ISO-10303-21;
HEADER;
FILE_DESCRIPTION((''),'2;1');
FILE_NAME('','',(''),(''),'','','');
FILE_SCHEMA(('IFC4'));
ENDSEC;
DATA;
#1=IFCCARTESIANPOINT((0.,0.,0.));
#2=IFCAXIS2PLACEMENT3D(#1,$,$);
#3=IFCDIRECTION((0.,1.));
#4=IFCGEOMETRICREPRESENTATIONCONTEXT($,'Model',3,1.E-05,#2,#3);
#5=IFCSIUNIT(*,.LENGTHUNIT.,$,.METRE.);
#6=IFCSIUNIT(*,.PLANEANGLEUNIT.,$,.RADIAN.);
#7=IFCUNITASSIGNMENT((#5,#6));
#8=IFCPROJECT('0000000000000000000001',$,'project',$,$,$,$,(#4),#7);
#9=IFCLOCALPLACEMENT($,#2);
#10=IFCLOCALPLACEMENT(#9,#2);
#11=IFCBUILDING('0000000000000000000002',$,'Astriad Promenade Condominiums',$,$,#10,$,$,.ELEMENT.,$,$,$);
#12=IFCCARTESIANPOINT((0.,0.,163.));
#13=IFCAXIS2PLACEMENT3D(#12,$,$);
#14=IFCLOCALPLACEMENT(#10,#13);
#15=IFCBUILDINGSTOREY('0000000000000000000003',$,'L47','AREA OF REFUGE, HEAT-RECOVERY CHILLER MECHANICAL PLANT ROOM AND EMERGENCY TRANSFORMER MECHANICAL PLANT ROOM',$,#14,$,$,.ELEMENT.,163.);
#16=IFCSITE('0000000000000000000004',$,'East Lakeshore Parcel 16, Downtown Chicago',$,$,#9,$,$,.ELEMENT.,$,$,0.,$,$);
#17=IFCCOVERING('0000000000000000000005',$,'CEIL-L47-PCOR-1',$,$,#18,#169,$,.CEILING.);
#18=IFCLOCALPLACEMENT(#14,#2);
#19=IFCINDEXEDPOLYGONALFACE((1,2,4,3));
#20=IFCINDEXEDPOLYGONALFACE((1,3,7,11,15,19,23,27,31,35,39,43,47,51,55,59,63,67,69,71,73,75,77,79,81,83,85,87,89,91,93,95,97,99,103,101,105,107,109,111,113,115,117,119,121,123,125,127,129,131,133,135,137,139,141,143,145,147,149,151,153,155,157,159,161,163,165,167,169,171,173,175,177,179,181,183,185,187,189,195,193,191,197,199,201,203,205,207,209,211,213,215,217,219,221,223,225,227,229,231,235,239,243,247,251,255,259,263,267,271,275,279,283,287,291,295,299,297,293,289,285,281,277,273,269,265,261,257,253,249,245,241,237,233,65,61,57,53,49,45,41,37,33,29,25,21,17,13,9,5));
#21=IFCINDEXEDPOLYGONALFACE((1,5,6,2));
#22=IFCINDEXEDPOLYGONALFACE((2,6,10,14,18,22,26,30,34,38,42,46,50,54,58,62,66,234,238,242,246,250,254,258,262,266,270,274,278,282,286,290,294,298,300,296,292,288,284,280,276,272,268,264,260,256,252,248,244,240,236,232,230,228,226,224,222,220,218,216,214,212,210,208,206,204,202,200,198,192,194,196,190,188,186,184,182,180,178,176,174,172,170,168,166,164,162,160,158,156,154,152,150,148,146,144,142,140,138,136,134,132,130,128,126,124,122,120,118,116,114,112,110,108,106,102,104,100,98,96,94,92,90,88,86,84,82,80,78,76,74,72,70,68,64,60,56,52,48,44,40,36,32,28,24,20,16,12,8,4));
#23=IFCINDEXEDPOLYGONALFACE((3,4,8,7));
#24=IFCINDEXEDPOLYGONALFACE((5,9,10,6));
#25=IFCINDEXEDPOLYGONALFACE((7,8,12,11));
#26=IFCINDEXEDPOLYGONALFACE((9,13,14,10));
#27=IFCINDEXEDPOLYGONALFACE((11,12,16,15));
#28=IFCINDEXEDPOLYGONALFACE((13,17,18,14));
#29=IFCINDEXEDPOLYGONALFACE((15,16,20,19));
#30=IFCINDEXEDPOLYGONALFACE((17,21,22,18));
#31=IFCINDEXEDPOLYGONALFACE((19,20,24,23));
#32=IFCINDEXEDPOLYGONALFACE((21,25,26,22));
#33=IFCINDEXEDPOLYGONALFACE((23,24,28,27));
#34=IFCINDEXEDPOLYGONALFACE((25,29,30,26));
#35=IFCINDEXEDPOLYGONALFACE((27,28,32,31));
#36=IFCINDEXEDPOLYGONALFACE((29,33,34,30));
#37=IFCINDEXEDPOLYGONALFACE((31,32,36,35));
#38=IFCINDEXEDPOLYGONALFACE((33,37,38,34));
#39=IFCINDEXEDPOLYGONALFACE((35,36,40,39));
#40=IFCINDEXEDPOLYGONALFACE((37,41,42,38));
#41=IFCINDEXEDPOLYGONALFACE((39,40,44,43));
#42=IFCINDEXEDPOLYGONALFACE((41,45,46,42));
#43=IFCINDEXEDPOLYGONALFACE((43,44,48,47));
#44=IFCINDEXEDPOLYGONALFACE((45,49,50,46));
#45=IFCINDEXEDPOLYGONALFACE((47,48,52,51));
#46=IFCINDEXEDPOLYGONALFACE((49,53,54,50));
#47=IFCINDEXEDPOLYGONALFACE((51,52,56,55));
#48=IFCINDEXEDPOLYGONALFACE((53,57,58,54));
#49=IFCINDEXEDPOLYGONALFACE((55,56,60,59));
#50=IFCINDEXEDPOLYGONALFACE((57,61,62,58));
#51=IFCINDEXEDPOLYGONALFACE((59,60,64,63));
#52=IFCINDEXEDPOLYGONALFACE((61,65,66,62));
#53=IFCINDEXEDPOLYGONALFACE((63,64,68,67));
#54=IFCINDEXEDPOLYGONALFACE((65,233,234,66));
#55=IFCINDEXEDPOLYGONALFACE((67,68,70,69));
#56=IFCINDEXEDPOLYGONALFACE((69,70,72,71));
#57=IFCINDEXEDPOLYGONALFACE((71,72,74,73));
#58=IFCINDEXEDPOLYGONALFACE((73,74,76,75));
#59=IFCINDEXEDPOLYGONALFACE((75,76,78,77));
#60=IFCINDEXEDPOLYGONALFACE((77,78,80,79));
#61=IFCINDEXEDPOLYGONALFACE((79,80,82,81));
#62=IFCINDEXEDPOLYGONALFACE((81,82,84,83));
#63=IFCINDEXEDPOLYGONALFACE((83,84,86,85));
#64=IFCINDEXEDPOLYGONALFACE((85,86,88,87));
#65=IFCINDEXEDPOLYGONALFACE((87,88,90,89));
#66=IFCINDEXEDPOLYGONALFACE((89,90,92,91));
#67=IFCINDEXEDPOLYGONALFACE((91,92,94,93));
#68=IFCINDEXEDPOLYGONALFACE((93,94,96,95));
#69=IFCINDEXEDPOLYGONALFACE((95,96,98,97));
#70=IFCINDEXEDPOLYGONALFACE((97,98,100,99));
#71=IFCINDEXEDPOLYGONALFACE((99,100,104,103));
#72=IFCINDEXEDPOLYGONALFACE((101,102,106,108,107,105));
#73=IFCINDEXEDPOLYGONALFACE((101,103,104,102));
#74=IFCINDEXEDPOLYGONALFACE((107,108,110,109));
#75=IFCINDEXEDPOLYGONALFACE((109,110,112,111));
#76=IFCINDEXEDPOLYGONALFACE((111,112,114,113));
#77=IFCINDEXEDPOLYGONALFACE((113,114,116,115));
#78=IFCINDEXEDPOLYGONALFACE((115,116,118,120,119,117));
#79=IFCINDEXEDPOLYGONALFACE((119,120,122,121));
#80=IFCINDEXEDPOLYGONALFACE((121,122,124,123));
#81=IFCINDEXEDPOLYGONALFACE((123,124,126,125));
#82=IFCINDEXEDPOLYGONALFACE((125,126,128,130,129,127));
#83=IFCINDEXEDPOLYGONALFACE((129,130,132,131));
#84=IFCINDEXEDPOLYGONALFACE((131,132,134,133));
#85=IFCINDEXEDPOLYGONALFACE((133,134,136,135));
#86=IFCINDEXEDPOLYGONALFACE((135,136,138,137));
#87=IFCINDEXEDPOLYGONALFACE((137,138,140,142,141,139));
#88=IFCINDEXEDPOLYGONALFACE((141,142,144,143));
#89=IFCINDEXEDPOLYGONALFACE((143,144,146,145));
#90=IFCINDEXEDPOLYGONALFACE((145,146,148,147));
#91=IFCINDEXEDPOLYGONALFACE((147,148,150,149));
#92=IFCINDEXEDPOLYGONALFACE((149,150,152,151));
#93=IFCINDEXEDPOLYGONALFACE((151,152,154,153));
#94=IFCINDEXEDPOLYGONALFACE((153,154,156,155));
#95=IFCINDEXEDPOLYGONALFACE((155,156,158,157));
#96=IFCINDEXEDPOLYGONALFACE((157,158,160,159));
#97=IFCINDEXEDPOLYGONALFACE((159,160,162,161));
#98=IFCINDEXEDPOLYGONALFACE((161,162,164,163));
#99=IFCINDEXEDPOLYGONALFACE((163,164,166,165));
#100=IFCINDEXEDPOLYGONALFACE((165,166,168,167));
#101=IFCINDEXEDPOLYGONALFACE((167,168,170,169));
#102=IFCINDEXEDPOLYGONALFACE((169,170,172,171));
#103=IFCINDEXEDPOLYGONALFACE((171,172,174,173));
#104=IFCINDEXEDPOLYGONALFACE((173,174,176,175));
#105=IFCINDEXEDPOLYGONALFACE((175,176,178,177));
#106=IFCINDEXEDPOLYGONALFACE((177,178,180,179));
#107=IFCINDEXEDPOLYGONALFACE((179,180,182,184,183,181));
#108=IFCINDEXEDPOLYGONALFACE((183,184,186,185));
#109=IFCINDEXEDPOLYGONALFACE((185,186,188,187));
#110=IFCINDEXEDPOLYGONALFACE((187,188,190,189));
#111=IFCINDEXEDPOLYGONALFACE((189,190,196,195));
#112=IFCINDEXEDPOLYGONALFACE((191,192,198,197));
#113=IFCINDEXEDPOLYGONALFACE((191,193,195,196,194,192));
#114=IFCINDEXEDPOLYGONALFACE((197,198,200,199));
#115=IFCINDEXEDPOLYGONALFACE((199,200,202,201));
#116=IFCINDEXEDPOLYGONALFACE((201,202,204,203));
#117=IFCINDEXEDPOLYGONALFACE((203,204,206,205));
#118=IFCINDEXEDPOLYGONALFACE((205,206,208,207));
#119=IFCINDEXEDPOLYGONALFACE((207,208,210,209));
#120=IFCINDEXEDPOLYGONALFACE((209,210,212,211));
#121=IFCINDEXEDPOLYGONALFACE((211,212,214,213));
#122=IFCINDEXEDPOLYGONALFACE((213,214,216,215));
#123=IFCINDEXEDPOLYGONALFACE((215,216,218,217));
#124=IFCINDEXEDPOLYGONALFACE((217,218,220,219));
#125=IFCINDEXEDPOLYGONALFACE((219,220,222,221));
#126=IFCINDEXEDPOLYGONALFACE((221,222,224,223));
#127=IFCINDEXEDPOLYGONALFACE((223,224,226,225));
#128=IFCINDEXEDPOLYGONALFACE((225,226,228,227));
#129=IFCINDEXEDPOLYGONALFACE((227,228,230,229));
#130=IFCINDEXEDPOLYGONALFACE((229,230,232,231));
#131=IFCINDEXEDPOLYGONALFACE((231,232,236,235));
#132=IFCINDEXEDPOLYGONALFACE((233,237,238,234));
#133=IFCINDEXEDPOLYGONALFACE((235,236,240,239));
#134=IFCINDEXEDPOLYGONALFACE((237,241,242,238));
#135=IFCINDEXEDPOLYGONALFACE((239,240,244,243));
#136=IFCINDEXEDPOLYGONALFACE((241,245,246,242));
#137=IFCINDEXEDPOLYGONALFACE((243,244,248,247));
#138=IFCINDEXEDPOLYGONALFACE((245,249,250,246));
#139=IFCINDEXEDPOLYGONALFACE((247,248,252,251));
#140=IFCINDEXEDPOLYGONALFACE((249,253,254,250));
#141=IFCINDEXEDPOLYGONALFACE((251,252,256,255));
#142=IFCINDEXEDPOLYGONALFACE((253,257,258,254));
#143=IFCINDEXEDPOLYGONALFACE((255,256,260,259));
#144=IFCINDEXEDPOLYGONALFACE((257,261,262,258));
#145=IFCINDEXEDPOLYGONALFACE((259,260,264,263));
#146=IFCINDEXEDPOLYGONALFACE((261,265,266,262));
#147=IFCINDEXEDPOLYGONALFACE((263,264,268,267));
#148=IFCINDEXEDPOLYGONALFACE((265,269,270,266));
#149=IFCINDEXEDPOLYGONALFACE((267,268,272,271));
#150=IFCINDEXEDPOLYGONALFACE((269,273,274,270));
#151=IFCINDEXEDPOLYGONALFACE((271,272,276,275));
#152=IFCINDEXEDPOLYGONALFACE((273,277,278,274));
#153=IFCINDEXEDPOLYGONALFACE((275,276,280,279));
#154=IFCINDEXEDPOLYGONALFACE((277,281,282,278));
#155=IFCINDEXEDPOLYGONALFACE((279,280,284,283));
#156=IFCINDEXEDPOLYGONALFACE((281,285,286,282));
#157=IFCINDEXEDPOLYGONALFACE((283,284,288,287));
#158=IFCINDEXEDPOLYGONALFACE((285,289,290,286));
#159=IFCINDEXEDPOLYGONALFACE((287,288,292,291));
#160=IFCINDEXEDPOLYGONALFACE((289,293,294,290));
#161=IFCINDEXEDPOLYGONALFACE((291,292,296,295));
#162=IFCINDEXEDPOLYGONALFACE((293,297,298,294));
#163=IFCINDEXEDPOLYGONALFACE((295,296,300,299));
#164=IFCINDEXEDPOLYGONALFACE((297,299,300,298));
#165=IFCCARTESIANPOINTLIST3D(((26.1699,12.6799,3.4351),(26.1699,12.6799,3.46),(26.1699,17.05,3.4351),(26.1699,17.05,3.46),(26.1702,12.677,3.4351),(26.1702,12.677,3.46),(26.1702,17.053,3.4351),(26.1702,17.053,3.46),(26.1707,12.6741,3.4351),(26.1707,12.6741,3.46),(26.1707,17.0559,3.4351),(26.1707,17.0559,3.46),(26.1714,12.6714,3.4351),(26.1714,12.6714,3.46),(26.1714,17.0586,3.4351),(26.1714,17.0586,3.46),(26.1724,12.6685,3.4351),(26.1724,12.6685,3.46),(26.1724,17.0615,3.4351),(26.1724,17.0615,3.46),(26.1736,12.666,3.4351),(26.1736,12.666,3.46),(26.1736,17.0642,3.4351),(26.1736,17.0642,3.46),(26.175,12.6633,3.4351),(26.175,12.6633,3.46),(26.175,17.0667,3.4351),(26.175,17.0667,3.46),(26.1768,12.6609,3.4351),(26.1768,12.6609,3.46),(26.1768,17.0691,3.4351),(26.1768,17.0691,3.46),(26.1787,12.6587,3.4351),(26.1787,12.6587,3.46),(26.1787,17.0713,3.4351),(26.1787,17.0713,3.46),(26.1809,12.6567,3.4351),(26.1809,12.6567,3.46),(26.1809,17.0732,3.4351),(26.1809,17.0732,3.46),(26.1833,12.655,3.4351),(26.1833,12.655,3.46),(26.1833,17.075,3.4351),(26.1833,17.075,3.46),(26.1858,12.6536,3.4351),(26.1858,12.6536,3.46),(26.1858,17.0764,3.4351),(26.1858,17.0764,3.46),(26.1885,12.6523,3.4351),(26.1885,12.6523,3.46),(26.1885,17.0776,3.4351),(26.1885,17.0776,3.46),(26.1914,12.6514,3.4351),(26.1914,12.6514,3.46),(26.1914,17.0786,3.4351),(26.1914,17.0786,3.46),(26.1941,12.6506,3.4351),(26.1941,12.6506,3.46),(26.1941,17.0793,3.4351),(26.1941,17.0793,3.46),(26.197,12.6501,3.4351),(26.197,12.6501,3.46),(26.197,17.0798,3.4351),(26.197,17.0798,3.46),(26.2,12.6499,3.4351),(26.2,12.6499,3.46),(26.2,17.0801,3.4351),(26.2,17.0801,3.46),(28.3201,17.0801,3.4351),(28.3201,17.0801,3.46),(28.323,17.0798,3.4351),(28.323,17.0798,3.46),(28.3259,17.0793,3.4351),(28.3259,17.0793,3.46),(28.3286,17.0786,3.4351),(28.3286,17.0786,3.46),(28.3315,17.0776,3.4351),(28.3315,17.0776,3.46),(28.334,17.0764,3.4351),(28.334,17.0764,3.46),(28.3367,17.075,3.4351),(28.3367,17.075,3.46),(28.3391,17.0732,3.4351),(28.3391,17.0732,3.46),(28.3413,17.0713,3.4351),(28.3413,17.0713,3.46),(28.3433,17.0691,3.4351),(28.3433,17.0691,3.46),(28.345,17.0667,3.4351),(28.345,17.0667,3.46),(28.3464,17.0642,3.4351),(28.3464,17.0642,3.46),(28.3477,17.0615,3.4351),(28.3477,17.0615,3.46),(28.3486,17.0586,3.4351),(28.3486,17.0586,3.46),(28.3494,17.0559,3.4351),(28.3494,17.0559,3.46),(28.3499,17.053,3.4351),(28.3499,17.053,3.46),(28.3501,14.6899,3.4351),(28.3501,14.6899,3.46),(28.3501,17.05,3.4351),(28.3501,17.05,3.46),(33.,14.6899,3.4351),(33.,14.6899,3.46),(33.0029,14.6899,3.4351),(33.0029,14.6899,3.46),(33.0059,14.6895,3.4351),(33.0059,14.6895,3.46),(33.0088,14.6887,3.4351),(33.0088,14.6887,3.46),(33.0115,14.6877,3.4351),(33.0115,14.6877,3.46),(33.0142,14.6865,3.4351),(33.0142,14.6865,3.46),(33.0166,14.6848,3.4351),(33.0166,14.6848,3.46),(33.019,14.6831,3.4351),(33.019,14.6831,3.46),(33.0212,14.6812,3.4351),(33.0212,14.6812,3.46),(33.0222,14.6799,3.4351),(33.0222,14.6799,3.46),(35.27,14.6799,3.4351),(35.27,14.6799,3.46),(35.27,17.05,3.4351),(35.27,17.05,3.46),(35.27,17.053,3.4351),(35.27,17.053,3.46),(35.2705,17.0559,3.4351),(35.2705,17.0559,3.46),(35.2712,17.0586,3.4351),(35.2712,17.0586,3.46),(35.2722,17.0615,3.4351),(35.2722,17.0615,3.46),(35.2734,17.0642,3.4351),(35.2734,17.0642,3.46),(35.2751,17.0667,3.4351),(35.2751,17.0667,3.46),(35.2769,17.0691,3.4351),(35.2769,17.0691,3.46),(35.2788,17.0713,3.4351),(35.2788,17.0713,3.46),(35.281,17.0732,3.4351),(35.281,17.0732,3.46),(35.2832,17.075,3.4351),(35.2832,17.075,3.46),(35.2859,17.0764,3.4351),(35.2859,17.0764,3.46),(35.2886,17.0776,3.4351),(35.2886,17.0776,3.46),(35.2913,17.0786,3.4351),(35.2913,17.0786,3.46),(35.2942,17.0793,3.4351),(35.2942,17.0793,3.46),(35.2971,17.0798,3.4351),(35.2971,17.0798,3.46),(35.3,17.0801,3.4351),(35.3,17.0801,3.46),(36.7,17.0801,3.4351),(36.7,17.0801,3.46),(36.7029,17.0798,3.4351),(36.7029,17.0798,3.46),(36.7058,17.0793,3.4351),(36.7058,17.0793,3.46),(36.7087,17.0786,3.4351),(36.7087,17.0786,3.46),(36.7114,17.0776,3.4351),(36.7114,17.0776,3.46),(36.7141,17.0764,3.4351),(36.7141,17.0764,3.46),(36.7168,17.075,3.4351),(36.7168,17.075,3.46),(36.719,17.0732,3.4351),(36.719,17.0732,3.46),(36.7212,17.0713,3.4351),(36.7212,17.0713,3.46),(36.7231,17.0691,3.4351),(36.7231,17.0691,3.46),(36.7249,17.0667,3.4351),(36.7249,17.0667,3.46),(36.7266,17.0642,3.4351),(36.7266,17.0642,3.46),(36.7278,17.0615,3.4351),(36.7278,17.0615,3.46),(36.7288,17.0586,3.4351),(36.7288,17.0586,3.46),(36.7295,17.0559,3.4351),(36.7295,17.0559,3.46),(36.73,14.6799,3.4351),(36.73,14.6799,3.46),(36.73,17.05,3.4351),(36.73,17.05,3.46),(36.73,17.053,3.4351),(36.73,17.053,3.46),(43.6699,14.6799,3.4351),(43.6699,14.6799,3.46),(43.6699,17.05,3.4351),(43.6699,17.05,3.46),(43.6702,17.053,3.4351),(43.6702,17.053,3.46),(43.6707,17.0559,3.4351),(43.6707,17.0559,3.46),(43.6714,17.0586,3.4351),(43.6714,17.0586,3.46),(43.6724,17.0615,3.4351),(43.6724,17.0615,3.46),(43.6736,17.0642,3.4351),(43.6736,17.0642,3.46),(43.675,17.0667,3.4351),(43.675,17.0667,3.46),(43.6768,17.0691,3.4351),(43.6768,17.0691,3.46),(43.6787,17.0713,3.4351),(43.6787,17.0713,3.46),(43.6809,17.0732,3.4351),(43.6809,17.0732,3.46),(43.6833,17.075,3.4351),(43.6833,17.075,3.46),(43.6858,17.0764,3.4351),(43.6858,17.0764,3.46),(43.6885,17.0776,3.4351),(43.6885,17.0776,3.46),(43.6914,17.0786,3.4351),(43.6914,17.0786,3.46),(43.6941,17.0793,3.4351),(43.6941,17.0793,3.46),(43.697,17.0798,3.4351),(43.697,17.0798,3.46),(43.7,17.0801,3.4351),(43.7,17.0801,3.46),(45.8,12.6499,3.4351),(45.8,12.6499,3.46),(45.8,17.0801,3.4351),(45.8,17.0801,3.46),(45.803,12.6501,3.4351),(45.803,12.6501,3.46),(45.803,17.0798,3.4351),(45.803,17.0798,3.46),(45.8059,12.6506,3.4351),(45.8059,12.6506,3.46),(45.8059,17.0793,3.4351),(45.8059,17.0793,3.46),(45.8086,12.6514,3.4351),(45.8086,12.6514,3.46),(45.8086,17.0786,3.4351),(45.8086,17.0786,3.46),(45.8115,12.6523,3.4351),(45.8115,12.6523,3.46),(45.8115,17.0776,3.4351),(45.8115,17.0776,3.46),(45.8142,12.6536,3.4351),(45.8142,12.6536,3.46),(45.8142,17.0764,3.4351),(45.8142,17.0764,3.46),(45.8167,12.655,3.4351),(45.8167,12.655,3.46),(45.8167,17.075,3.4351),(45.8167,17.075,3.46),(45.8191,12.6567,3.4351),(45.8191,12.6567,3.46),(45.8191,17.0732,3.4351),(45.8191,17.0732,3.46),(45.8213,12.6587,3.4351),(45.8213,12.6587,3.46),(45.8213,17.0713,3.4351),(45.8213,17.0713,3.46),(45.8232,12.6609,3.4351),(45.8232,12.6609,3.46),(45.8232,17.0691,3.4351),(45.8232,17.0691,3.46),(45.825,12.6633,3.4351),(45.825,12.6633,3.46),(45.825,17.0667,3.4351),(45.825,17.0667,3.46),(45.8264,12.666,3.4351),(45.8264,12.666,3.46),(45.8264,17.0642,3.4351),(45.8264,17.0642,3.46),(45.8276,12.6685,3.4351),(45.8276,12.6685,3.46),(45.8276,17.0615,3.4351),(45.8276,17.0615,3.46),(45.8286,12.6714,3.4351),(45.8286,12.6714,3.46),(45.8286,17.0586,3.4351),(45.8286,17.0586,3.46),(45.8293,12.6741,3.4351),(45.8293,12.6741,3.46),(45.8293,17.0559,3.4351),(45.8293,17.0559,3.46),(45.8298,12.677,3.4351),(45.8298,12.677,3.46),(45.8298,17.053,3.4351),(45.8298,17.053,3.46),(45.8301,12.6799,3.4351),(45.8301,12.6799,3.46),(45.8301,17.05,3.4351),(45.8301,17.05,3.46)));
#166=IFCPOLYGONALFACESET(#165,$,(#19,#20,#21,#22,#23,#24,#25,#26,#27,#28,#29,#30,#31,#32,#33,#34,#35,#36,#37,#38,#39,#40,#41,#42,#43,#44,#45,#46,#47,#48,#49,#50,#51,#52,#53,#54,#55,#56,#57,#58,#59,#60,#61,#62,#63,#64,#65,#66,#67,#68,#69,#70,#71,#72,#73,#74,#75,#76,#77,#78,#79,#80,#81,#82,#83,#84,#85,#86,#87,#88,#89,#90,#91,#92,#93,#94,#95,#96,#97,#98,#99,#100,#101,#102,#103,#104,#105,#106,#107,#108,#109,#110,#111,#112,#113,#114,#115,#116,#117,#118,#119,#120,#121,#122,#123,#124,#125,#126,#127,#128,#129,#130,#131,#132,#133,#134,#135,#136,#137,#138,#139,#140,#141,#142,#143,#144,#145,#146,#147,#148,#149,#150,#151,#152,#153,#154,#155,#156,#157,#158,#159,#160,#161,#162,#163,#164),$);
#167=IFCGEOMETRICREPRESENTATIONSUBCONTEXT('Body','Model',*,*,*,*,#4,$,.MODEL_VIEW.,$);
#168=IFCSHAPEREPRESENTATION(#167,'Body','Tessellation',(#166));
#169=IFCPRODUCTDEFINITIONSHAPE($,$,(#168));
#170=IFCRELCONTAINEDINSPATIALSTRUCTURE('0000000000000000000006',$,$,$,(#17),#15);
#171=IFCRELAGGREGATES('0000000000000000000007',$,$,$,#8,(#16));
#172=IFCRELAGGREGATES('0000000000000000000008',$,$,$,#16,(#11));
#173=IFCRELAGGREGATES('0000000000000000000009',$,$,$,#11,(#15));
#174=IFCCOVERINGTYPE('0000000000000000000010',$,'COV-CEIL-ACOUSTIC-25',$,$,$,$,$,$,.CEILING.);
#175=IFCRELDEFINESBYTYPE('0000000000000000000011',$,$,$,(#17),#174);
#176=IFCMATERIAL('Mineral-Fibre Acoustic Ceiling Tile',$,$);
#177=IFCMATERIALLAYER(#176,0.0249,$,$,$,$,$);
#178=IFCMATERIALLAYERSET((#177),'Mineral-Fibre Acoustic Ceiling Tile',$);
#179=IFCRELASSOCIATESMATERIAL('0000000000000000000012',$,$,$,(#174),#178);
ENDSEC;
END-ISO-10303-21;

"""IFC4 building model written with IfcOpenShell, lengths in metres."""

from ifc_helpers import new_model, si_unit, direction, frame, origin, place, context, subcontext, project, spatial, polyline, outline, extrude, material, layer, layer_set, type_object, element, save


model = new_model("IFC4")

# Units and contexts
model_context = context("Model", 3, precision=1e-05, world=origin(), true_north=direction((0.0, 1.0)))
body_context = subcontext(model_context, "Body", "Model", "MODEL_VIEW")
ifc_project = project(units=[si_unit("LENGTHUNIT", "METRE"), si_unit("PLANEANGLEUNIT", "RADIAN")], contexts=[model_context])

# Site, building, storey
site_placement = place(None, origin())
site = spatial("IfcSite", under=ifc_project, at=site_placement, Name="East Lakeshore Parcel 16, Downtown Chicago", CompositionType="ELEMENT", RefElevation=0.0)
building_placement = place(site_placement, origin())
building = spatial("IfcBuilding", under=site, at=building_placement, Name="Astriad Promenade Condominiums", CompositionType="ELEMENT")
storey_placement = place(building_placement, frame((0.0, 0.0, 163.0)))
storey = spatial("IfcBuildingStorey", under=building, at=storey_placement, Name="L47", Description="AREA OF REFUGE, HEAT-RECOVERY CHILLER MECHANICAL PLANT ROOM AND EMERGENCY TRANSFORMER MECHANICAL PLANT ROOM", CompositionType="ELEMENT", Elevation=163.0)

# Covering
ifc_material_1 = material(Name="Mineral-Fibre Acoustic Ceiling Tile")
ifc_layer_1 = layer(ifc_material_1, 0.0249)
ifc_layer_set_1 = layer_set([ifc_layer_1], Name="Mineral-Fibre Acoustic Ceiling Tile")
covering_type_1 = type_object("IfcCoveringType", Name="COV-CEIL-ACOUSTIC-25", PredefinedType="CEILING", material=ifc_layer_set_1)
covering_1_placement = place(storey_placement, frame((0.0, 0.0, 3.4351)))
element("IfcCovering", 1, at=covering_1_placement, inside=storey, type_object=covering_type_1, Name="CEIL-L47-PCOR-1", PredefinedType="CEILING", context=body_context, shape_type="SweptSolid", body=[
    extrude(outline(polyline([(26.1699, 17.05), (26.1702, 17.053), (26.1707, 17.0559), (26.1714, 17.0586), (26.1724, 17.0615), (26.1736, 17.0642), (26.175, 17.0667), (26.1768, 17.0691), (26.1787, 17.0713), (26.1809, 17.0732), (26.1833, 17.075), (26.1858, 17.0764), (26.1885, 17.0776), (26.1914, 17.0786), (26.1941, 17.0793), (26.197, 17.0798), (26.2, 17.0801), (28.3201, 17.0801), (28.323, 17.0798), (28.3259, 17.0793), (28.3286, 17.0786), (28.3315, 17.0776), (28.334, 17.0764), (28.3367, 17.075), (28.3391, 17.0732), (28.3413, 17.0713), (28.3433, 17.0691), (28.345, 17.0667), (28.3464, 17.0642), (28.3477, 17.0615), (28.3486, 17.0586), (28.3494, 17.0559), (28.3499, 17.053), (28.3501, 17.05), (28.3501, 14.6899), (33.0, 14.6899), (33.0029, 14.6899), (33.0059, 14.6895), (33.0088, 14.6887), (33.0115, 14.6877), (33.0142, 14.6865), (33.0166, 14.6848), (33.019, 14.6831), (33.0212, 14.6812), (33.0222, 14.6799), (35.27, 14.6799), (35.27, 17.05), (35.27, 17.053), (35.2705, 17.0559), (35.2712, 17.0586), (35.2722, 17.0615), (35.2734, 17.0642), (35.2751, 17.0667), (35.2769, 17.0691), (35.2788, 17.0713), (35.281, 17.0732), (35.2832, 17.075), (35.2859, 17.0764), (35.2886, 17.0776), (35.2913, 17.0786), (35.2942, 17.0793), (35.2971, 17.0798), (35.3, 17.0801), (36.7, 17.0801), (36.7029, 17.0798), (36.7058, 17.0793), (36.7087, 17.0786), (36.7114, 17.0776), (36.7141, 17.0764), (36.7168, 17.075), (36.719, 17.0732), (36.7212, 17.0713), (36.7231, 17.0691), (36.7249, 17.0667), (36.7266, 17.0642), (36.7278, 17.0615), (36.7288, 17.0586), (36.7295, 17.0559), (36.73, 17.053), (36.73, 17.05), (36.73, 14.6799), (43.6699, 14.6799), (43.6699, 17.05), (43.6702, 17.053), (43.6707, 17.0559), (43.6714, 17.0586), (43.6724, 17.0615), (43.6736, 17.0642), (43.675, 17.0667), (43.6768, 17.0691), (43.6787, 17.0713), (43.6809, 17.0732), (43.6833, 17.075), (43.6858, 17.0764), (43.6885, 17.0776), (43.6914, 17.0786), (43.6941, 17.0793), (43.697, 17.0798), (43.7, 17.0801), (45.8, 17.0801), (45.803, 17.0798), (45.8059, 17.0793), (45.8086, 17.0786), (45.8115, 17.0776), (45.8142, 17.0764), (45.8167, 17.075), (45.8191, 17.0732), (45.8213, 17.0713), (45.8232, 17.0691), (45.825, 17.0667), (45.8264, 17.0642), (45.8276, 17.0615), (45.8286, 17.0586), (45.8293, 17.0559), (45.8298, 17.053), (45.8301, 17.05), (45.8301, 12.6799), (45.8298, 12.677), (45.8293, 12.6741), (45.8286, 12.6714), (45.8276, 12.6685), (45.8264, 12.666), (45.825, 12.6633), (45.8232, 12.6609), (45.8213, 12.6587), (45.8191, 12.6567), (45.8167, 12.655), (45.8142, 12.6536), (45.8115, 12.6523), (45.8086, 12.6514), (45.8059, 12.6506), (45.803, 12.6501), (45.8, 12.6499), (26.2, 12.6499), (26.197, 12.6501), (26.1941, 12.6506), (26.1914, 12.6514), (26.1885, 12.6523), (26.1858, 12.6536), (26.1833, 12.655), (26.1809, 12.6567), (26.1787, 12.6587), (26.1768, 12.6609), (26.175, 12.6633), (26.1736, 12.666), (26.1724, 12.6685), (26.1714, 12.6714), (26.1707, 12.6741), (26.1702, 12.677), (26.1699, 12.6799), (26.1699, 17.05)])), origin(), (0.0, 0.0, 1.0), 0.0249),
])

save(model, "model.ifc")
